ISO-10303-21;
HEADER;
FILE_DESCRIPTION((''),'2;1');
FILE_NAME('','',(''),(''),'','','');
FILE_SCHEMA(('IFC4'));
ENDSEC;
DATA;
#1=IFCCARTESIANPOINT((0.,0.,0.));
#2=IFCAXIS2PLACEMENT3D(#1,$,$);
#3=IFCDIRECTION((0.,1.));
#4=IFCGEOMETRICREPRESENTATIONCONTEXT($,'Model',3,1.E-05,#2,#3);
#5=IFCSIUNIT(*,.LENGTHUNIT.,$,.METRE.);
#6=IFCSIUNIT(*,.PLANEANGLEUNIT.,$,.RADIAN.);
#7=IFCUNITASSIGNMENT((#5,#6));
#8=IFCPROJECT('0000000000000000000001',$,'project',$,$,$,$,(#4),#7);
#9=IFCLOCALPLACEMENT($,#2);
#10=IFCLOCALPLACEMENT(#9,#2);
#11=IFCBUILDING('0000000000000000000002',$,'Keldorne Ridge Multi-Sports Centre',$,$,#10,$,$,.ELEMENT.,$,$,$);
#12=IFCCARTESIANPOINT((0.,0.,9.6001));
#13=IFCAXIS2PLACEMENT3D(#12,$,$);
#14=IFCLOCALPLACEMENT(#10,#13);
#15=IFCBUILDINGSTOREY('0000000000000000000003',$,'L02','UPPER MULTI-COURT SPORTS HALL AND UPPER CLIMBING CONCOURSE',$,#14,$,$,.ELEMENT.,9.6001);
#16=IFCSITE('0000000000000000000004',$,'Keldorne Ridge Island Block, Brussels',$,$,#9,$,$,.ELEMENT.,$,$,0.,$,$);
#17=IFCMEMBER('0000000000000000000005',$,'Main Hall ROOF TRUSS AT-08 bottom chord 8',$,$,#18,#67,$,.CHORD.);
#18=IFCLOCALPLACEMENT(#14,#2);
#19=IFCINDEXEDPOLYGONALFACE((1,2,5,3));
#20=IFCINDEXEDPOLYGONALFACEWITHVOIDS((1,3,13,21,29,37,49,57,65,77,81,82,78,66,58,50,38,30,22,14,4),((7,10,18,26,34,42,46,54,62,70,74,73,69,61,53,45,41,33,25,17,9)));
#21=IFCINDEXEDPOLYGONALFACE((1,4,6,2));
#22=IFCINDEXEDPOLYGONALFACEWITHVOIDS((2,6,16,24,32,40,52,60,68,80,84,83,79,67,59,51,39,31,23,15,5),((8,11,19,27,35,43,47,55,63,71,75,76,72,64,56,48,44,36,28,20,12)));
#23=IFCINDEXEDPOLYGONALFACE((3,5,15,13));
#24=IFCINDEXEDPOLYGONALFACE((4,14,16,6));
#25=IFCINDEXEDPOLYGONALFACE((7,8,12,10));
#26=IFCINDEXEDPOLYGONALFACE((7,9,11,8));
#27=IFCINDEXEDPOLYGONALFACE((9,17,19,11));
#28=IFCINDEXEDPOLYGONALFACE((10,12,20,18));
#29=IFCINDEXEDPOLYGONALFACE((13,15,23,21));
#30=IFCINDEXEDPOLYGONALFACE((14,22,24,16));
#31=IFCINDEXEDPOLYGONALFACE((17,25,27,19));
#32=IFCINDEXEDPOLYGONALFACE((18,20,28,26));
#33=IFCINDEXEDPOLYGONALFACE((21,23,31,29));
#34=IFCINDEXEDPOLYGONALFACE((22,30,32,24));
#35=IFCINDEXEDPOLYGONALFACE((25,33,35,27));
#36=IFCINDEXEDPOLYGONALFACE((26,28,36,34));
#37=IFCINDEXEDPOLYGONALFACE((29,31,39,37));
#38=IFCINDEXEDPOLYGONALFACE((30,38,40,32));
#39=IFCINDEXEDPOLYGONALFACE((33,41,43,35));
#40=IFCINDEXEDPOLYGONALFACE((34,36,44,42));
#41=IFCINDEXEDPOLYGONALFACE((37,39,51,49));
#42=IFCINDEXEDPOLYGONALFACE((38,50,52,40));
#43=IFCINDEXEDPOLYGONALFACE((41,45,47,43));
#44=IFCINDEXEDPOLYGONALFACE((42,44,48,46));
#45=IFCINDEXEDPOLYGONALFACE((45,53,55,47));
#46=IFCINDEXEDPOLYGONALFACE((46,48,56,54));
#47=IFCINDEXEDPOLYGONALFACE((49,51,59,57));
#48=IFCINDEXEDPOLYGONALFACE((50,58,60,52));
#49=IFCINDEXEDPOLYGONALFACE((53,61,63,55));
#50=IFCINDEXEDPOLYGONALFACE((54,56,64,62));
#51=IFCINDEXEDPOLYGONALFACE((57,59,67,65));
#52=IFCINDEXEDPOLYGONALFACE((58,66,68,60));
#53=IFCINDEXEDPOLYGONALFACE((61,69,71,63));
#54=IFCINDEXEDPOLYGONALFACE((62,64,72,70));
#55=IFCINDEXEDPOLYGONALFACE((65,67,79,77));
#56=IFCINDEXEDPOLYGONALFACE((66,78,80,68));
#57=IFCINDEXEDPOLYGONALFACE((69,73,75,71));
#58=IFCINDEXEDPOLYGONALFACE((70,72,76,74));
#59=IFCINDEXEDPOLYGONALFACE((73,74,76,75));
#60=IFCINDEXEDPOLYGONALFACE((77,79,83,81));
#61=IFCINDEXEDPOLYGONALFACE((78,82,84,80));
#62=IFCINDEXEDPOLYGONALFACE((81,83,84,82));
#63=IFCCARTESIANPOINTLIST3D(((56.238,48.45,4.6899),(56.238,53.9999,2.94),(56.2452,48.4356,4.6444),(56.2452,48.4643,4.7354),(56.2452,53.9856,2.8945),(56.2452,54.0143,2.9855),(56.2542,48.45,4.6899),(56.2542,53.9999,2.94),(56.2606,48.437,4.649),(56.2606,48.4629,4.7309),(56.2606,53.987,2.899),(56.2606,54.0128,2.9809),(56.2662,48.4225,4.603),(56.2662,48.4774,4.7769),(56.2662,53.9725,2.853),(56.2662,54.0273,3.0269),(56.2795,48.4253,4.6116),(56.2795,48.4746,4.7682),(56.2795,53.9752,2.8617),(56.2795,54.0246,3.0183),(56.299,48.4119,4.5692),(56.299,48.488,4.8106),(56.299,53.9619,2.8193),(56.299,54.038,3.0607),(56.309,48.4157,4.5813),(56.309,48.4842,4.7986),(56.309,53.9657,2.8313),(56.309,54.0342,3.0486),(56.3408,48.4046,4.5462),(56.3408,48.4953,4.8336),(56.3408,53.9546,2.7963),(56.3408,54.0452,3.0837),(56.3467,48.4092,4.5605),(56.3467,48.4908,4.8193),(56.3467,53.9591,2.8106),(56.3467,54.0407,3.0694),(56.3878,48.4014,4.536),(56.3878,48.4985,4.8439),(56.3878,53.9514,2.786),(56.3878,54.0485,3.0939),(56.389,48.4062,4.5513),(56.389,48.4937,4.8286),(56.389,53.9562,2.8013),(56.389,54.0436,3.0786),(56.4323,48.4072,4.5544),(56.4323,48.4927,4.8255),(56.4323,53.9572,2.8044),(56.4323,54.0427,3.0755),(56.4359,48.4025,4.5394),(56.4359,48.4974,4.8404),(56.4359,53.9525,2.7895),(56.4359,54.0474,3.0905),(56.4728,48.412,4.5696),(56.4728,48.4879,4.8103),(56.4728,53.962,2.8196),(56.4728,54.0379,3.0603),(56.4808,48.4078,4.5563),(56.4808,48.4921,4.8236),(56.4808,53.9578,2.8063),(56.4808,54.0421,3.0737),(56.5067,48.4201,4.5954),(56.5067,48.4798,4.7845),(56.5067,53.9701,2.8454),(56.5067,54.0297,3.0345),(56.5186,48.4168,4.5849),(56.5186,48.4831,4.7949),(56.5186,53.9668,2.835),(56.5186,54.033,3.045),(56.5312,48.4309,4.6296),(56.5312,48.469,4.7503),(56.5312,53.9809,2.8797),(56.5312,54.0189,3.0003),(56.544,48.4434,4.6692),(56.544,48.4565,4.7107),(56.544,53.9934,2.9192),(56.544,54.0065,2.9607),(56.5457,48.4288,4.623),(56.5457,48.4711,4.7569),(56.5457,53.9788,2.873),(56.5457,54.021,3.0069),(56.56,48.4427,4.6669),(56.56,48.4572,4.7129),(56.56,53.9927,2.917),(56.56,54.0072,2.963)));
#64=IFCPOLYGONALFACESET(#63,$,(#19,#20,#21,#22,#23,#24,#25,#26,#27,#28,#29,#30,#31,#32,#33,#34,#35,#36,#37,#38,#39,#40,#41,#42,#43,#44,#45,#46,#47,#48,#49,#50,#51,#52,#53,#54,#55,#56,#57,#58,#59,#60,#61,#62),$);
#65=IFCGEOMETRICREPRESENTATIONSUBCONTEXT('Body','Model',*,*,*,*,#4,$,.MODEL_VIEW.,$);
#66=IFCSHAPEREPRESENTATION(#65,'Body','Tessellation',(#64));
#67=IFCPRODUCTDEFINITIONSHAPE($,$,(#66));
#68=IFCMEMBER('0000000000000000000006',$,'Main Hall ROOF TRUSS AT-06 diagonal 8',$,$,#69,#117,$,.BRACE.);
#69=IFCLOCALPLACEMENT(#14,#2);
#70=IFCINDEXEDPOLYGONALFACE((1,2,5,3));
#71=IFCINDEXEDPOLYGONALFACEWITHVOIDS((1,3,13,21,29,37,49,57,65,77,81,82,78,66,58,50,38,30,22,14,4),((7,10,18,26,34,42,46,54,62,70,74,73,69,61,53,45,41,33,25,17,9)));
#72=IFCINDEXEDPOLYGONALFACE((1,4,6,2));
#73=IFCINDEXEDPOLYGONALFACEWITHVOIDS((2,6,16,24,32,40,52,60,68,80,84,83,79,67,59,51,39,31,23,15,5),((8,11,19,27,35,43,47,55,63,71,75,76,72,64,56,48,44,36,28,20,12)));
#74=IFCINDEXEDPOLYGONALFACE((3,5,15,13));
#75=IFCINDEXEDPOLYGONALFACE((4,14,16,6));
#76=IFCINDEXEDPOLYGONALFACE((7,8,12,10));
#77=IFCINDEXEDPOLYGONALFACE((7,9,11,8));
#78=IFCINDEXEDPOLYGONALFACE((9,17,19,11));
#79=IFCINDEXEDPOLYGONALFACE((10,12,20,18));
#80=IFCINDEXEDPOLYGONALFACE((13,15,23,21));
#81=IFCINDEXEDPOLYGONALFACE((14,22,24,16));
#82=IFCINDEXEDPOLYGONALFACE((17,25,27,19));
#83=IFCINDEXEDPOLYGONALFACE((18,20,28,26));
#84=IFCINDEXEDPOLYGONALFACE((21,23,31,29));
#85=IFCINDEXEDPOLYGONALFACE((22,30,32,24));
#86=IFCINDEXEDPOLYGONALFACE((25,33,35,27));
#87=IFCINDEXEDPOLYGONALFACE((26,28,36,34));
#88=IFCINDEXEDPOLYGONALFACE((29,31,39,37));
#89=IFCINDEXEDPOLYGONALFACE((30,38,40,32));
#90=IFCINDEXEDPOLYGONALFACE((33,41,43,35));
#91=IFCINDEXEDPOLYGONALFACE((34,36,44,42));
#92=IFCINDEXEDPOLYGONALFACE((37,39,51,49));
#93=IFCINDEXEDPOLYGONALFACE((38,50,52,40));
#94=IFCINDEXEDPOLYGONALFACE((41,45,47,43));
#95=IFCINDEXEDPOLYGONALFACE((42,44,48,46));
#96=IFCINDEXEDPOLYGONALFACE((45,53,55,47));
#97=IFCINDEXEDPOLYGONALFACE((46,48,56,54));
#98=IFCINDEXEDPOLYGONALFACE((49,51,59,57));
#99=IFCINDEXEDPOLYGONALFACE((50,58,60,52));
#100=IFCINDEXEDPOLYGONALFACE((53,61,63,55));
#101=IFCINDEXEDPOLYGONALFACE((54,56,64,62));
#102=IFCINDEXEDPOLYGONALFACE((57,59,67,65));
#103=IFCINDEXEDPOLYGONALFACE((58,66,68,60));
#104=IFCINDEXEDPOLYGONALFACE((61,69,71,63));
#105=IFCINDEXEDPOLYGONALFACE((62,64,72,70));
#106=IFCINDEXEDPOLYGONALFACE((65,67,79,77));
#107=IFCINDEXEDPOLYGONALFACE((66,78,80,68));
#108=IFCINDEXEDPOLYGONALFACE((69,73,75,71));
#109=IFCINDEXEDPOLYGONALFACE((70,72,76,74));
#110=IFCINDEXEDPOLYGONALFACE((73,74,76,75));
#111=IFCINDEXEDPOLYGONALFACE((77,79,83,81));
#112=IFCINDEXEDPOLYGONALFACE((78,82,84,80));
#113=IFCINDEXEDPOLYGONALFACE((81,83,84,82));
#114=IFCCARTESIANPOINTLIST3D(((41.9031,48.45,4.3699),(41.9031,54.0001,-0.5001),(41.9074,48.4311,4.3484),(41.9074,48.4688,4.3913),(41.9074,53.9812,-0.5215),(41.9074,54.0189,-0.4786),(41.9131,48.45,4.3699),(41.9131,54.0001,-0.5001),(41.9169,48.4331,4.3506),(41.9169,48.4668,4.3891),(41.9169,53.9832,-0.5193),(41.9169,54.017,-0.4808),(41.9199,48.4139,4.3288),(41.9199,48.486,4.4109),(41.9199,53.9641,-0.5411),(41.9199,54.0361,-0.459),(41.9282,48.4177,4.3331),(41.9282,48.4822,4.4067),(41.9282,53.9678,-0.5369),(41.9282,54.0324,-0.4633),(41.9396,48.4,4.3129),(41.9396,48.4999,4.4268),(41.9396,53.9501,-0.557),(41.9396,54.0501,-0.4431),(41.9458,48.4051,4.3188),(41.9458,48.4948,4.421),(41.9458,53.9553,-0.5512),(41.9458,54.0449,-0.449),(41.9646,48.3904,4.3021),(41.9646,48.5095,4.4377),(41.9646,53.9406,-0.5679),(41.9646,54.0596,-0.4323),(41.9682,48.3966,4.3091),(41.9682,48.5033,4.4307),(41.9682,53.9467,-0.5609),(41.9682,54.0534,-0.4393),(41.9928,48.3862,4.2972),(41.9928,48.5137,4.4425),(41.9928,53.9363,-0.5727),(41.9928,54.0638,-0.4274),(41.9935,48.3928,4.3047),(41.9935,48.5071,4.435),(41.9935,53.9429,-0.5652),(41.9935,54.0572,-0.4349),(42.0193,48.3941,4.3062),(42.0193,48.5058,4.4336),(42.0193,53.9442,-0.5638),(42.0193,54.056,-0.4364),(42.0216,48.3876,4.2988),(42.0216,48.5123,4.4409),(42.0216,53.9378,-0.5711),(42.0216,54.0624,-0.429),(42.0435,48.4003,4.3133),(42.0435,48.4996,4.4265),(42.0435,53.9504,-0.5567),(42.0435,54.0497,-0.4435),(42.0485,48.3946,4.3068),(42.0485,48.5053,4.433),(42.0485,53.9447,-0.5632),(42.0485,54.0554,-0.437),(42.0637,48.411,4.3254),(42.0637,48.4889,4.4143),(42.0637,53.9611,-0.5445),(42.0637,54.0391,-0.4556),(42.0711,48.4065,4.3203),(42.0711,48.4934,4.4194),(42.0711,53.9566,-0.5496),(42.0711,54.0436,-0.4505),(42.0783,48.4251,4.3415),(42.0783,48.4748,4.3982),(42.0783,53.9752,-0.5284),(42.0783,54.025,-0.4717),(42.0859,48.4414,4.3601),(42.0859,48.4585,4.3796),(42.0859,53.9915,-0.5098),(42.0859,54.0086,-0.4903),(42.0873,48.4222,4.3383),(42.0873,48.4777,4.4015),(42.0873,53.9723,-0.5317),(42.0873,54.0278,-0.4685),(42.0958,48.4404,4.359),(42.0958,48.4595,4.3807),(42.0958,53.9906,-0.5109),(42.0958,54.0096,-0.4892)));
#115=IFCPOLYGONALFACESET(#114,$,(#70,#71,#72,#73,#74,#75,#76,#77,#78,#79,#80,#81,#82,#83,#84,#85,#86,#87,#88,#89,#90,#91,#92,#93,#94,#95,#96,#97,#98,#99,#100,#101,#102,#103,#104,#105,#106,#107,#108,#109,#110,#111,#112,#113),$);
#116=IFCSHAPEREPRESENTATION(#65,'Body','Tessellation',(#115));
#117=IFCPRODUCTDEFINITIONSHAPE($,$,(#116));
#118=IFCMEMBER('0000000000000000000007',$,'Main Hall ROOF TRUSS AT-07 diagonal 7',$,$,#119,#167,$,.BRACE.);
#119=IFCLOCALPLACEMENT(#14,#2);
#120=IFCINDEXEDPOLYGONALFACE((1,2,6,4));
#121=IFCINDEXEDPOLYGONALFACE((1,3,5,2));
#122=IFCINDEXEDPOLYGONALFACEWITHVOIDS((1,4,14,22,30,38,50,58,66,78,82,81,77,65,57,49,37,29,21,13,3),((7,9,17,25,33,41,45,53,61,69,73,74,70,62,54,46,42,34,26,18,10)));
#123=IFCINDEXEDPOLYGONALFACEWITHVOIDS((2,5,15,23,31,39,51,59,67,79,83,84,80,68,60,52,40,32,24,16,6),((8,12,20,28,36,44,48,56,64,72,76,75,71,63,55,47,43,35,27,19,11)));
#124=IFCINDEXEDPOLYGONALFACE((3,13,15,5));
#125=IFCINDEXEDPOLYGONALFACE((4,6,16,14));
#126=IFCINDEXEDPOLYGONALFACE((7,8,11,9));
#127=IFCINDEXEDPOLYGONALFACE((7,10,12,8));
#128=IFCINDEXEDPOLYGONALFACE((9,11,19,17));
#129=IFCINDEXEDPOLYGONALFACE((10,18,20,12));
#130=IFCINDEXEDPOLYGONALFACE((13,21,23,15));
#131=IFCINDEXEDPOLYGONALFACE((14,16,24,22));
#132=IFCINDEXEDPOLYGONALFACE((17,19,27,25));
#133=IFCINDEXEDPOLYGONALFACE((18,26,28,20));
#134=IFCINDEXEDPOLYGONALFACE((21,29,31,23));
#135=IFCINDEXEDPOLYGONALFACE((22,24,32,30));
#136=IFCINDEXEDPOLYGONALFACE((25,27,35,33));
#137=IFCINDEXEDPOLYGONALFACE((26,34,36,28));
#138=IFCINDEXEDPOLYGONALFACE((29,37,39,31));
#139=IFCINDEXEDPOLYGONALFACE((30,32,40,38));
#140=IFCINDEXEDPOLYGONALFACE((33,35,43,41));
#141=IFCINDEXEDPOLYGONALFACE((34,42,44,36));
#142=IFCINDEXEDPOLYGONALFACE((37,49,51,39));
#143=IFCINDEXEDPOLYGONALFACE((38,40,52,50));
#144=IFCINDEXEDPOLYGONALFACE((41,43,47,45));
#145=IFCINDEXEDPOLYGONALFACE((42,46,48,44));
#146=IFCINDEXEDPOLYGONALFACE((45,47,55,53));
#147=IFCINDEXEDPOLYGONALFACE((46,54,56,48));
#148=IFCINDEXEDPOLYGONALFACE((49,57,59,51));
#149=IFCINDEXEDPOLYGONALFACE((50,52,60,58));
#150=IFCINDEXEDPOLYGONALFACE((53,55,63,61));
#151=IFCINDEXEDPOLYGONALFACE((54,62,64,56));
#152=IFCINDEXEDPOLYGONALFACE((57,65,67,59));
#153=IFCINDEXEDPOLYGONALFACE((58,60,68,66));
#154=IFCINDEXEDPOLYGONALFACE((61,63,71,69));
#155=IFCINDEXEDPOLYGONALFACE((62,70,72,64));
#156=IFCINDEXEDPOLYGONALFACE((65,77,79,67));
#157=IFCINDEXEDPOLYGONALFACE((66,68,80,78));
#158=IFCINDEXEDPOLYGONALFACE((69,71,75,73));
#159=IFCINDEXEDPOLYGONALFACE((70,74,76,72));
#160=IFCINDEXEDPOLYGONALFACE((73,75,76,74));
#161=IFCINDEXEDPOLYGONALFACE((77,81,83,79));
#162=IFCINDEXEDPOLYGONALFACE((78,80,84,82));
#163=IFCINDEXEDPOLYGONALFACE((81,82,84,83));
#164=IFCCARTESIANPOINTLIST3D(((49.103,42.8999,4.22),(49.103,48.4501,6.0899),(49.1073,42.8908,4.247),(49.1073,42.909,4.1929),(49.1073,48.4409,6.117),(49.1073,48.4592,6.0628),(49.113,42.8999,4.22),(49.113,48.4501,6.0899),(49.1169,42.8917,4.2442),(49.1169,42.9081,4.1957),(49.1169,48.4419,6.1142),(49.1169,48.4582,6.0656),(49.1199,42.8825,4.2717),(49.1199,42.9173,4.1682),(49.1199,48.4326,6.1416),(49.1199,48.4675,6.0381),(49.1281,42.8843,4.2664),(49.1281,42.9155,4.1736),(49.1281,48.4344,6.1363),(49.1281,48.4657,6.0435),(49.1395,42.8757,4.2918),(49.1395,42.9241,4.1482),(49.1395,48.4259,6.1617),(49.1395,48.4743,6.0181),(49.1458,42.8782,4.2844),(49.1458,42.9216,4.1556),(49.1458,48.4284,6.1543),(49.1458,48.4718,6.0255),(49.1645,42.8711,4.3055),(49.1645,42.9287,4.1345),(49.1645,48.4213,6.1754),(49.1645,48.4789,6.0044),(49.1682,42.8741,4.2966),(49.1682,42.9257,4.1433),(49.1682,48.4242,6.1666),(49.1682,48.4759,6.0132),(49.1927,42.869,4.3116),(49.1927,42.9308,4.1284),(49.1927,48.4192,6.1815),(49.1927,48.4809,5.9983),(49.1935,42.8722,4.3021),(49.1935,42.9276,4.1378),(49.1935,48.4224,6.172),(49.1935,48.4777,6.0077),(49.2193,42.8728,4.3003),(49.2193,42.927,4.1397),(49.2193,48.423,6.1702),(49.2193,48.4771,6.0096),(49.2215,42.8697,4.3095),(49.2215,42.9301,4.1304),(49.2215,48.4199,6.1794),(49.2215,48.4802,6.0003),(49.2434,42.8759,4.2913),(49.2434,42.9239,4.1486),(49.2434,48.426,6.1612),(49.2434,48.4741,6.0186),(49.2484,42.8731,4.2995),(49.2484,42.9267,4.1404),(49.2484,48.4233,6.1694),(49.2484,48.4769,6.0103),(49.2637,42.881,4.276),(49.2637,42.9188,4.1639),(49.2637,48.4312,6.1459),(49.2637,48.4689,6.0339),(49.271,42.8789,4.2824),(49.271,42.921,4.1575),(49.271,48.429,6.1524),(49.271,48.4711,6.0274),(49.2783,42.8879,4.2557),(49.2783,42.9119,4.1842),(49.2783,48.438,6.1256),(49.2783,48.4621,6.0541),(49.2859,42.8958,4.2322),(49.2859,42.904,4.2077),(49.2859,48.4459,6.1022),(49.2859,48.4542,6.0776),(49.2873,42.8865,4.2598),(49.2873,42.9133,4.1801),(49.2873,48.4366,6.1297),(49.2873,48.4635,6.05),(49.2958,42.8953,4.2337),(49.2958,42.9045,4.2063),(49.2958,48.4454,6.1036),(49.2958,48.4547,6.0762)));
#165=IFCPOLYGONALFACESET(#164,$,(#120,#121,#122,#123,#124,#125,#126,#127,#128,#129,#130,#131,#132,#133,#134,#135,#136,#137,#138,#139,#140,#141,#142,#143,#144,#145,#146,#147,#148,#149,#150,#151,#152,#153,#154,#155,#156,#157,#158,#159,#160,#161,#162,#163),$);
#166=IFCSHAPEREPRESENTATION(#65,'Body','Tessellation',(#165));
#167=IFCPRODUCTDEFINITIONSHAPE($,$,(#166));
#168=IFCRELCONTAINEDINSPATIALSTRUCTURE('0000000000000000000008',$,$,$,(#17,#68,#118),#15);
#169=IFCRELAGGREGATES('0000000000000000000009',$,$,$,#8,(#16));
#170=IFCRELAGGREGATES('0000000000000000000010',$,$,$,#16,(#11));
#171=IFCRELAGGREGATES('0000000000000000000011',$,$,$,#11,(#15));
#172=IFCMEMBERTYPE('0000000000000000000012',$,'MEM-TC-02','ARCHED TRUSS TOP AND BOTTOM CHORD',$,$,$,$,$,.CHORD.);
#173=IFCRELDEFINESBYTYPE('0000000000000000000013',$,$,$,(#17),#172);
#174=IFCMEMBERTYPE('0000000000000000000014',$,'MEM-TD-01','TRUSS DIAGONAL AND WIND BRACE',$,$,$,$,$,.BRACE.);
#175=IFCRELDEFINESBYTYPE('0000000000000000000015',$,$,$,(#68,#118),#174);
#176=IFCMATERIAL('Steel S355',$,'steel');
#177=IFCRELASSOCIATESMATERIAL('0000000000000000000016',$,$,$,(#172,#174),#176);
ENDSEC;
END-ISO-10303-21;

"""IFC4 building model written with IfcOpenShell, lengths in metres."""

from ifc_helpers import new_model, si_unit, direction, frame, origin, origin_2d, place, context, subcontext, project, spatial, hollow_circle, extrude, material, material_profile, profile_set, type_object, element, save


model = new_model("IFC4")

# Units and contexts
model_context = context("Model", 3, precision=1e-05, world=origin(), true_north=direction((0.0, 1.0)))
body_context = subcontext(model_context, "Body", "Model", "MODEL_VIEW")
ifc_project = project(units=[si_unit("LENGTHUNIT", "METRE"), si_unit("PLANEANGLEUNIT", "RADIAN")], contexts=[model_context])

# Site, building, storey
site_placement = place(None, origin())
site = spatial("IfcSite", under=ifc_project, at=site_placement, Name="Keldorne Ridge Island Block, Brussels", CompositionType="ELEMENT", RefElevation=0.0)
building_placement = place(site_placement, origin())
building = spatial("IfcBuilding", under=site, at=building_placement, Name="Keldorne Ridge Multi-Sports Centre", CompositionType="ELEMENT")
storey_placement = place(building_placement, frame((0.0, 0.0, 9.6001)))
storey = spatial("IfcBuildingStorey", under=building, at=storey_placement, Name="L02", Description="UPPER MULTI-COURT SPORTS HALL AND UPPER CLIMBING CONCOURSE", CompositionType="ELEMENT", Elevation=9.6001)

# Shared definitions
ifc_material = material(Name="Steel S355", Category="steel")

# Members
ifc_material_profile_1 = material_profile(ifc_material, hollow_circle(Radius=0.1619, WallThickness=0.0161, at=origin_2d()), Name="CHS 323.9x16")
ifc_profile_set_1 = profile_set([ifc_material_profile_1], Name="Steel S355")
member_type_1 = type_object("IfcMemberType", Name="MEM-TC-02", Description="ARCHED TRUSS TOP AND BOTTOM CHORD", PredefinedType="CHORD", material=ifc_profile_set_1)
member_1_placement = place(storey_placement, frame((56.3999, 48.45, 4.6899), z_axis=(0.0, 0.953713, -0.300718), x_axis=(-1.0, 0.0, 0.0)))
element("IfcMember", 1, at=member_1_placement, inside=storey, type_object=member_type_1, Name="Main Hall ROOF TRUSS AT-08 bottom chord 8", PredefinedType="CHORD", context=body_context, shape_type="SweptSolid", body=[
    extrude(hollow_circle(Radius=0.1619, WallThickness=0.0161, at=origin_2d()), origin(), (0.0, 0.0, 1.0), 5.8193),
])
ifc_material_profile_2 = material_profile(ifc_material, hollow_circle(Radius=0.0969, WallThickness=0.01, at=origin_2d()), Name="CHS 193.7x10")
ifc_profile_set_2 = profile_set([ifc_material_profile_2], Name="Steel S355")
member_type_2 = type_object("IfcMemberType", Name="MEM-TD-01", Description="TRUSS DIAGONAL AND WIND BRACE", PredefinedType="BRACE", material=ifc_profile_set_2)
member_2_placement = place(storey_placement, frame((42.0, 48.45, 4.3699), z_axis=(0.0, 0.751664, -0.659546), x_axis=(-1.0, 0.0, 0.0)))
element("IfcMember", 2, at=member_2_placement, inside=storey, type_object=member_type_2, Name="Main Hall ROOF TRUSS AT-06 diagonal 8", PredefinedType="BRACE", context=body_context, shape_type="SweptSolid", body=[
    extrude(hollow_circle(Radius=0.0969, WallThickness=0.01, at=origin_2d()), origin(), (0.0, 0.0, 1.0), 7.3838),
])
member_3_placement = place(storey_placement, frame((49.2, 42.8999, 4.22), z_axis=(0.0, 0.947661, 0.319278), x_axis=(-1.0, 0.0, 0.0)))
element("IfcMember", 3, at=member_3_placement, inside=storey, type_object=member_type_2, Name="Main Hall ROOF TRUSS AT-07 diagonal 7", PredefinedType="BRACE", context=body_context, shape_type="SweptSolid", body=[
    extrude(hollow_circle(Radius=0.0969, WallThickness=0.01, at=origin_2d()), origin(), (0.0, 0.0, 1.0), 5.8567),
])

save(model, "model.ifc")
